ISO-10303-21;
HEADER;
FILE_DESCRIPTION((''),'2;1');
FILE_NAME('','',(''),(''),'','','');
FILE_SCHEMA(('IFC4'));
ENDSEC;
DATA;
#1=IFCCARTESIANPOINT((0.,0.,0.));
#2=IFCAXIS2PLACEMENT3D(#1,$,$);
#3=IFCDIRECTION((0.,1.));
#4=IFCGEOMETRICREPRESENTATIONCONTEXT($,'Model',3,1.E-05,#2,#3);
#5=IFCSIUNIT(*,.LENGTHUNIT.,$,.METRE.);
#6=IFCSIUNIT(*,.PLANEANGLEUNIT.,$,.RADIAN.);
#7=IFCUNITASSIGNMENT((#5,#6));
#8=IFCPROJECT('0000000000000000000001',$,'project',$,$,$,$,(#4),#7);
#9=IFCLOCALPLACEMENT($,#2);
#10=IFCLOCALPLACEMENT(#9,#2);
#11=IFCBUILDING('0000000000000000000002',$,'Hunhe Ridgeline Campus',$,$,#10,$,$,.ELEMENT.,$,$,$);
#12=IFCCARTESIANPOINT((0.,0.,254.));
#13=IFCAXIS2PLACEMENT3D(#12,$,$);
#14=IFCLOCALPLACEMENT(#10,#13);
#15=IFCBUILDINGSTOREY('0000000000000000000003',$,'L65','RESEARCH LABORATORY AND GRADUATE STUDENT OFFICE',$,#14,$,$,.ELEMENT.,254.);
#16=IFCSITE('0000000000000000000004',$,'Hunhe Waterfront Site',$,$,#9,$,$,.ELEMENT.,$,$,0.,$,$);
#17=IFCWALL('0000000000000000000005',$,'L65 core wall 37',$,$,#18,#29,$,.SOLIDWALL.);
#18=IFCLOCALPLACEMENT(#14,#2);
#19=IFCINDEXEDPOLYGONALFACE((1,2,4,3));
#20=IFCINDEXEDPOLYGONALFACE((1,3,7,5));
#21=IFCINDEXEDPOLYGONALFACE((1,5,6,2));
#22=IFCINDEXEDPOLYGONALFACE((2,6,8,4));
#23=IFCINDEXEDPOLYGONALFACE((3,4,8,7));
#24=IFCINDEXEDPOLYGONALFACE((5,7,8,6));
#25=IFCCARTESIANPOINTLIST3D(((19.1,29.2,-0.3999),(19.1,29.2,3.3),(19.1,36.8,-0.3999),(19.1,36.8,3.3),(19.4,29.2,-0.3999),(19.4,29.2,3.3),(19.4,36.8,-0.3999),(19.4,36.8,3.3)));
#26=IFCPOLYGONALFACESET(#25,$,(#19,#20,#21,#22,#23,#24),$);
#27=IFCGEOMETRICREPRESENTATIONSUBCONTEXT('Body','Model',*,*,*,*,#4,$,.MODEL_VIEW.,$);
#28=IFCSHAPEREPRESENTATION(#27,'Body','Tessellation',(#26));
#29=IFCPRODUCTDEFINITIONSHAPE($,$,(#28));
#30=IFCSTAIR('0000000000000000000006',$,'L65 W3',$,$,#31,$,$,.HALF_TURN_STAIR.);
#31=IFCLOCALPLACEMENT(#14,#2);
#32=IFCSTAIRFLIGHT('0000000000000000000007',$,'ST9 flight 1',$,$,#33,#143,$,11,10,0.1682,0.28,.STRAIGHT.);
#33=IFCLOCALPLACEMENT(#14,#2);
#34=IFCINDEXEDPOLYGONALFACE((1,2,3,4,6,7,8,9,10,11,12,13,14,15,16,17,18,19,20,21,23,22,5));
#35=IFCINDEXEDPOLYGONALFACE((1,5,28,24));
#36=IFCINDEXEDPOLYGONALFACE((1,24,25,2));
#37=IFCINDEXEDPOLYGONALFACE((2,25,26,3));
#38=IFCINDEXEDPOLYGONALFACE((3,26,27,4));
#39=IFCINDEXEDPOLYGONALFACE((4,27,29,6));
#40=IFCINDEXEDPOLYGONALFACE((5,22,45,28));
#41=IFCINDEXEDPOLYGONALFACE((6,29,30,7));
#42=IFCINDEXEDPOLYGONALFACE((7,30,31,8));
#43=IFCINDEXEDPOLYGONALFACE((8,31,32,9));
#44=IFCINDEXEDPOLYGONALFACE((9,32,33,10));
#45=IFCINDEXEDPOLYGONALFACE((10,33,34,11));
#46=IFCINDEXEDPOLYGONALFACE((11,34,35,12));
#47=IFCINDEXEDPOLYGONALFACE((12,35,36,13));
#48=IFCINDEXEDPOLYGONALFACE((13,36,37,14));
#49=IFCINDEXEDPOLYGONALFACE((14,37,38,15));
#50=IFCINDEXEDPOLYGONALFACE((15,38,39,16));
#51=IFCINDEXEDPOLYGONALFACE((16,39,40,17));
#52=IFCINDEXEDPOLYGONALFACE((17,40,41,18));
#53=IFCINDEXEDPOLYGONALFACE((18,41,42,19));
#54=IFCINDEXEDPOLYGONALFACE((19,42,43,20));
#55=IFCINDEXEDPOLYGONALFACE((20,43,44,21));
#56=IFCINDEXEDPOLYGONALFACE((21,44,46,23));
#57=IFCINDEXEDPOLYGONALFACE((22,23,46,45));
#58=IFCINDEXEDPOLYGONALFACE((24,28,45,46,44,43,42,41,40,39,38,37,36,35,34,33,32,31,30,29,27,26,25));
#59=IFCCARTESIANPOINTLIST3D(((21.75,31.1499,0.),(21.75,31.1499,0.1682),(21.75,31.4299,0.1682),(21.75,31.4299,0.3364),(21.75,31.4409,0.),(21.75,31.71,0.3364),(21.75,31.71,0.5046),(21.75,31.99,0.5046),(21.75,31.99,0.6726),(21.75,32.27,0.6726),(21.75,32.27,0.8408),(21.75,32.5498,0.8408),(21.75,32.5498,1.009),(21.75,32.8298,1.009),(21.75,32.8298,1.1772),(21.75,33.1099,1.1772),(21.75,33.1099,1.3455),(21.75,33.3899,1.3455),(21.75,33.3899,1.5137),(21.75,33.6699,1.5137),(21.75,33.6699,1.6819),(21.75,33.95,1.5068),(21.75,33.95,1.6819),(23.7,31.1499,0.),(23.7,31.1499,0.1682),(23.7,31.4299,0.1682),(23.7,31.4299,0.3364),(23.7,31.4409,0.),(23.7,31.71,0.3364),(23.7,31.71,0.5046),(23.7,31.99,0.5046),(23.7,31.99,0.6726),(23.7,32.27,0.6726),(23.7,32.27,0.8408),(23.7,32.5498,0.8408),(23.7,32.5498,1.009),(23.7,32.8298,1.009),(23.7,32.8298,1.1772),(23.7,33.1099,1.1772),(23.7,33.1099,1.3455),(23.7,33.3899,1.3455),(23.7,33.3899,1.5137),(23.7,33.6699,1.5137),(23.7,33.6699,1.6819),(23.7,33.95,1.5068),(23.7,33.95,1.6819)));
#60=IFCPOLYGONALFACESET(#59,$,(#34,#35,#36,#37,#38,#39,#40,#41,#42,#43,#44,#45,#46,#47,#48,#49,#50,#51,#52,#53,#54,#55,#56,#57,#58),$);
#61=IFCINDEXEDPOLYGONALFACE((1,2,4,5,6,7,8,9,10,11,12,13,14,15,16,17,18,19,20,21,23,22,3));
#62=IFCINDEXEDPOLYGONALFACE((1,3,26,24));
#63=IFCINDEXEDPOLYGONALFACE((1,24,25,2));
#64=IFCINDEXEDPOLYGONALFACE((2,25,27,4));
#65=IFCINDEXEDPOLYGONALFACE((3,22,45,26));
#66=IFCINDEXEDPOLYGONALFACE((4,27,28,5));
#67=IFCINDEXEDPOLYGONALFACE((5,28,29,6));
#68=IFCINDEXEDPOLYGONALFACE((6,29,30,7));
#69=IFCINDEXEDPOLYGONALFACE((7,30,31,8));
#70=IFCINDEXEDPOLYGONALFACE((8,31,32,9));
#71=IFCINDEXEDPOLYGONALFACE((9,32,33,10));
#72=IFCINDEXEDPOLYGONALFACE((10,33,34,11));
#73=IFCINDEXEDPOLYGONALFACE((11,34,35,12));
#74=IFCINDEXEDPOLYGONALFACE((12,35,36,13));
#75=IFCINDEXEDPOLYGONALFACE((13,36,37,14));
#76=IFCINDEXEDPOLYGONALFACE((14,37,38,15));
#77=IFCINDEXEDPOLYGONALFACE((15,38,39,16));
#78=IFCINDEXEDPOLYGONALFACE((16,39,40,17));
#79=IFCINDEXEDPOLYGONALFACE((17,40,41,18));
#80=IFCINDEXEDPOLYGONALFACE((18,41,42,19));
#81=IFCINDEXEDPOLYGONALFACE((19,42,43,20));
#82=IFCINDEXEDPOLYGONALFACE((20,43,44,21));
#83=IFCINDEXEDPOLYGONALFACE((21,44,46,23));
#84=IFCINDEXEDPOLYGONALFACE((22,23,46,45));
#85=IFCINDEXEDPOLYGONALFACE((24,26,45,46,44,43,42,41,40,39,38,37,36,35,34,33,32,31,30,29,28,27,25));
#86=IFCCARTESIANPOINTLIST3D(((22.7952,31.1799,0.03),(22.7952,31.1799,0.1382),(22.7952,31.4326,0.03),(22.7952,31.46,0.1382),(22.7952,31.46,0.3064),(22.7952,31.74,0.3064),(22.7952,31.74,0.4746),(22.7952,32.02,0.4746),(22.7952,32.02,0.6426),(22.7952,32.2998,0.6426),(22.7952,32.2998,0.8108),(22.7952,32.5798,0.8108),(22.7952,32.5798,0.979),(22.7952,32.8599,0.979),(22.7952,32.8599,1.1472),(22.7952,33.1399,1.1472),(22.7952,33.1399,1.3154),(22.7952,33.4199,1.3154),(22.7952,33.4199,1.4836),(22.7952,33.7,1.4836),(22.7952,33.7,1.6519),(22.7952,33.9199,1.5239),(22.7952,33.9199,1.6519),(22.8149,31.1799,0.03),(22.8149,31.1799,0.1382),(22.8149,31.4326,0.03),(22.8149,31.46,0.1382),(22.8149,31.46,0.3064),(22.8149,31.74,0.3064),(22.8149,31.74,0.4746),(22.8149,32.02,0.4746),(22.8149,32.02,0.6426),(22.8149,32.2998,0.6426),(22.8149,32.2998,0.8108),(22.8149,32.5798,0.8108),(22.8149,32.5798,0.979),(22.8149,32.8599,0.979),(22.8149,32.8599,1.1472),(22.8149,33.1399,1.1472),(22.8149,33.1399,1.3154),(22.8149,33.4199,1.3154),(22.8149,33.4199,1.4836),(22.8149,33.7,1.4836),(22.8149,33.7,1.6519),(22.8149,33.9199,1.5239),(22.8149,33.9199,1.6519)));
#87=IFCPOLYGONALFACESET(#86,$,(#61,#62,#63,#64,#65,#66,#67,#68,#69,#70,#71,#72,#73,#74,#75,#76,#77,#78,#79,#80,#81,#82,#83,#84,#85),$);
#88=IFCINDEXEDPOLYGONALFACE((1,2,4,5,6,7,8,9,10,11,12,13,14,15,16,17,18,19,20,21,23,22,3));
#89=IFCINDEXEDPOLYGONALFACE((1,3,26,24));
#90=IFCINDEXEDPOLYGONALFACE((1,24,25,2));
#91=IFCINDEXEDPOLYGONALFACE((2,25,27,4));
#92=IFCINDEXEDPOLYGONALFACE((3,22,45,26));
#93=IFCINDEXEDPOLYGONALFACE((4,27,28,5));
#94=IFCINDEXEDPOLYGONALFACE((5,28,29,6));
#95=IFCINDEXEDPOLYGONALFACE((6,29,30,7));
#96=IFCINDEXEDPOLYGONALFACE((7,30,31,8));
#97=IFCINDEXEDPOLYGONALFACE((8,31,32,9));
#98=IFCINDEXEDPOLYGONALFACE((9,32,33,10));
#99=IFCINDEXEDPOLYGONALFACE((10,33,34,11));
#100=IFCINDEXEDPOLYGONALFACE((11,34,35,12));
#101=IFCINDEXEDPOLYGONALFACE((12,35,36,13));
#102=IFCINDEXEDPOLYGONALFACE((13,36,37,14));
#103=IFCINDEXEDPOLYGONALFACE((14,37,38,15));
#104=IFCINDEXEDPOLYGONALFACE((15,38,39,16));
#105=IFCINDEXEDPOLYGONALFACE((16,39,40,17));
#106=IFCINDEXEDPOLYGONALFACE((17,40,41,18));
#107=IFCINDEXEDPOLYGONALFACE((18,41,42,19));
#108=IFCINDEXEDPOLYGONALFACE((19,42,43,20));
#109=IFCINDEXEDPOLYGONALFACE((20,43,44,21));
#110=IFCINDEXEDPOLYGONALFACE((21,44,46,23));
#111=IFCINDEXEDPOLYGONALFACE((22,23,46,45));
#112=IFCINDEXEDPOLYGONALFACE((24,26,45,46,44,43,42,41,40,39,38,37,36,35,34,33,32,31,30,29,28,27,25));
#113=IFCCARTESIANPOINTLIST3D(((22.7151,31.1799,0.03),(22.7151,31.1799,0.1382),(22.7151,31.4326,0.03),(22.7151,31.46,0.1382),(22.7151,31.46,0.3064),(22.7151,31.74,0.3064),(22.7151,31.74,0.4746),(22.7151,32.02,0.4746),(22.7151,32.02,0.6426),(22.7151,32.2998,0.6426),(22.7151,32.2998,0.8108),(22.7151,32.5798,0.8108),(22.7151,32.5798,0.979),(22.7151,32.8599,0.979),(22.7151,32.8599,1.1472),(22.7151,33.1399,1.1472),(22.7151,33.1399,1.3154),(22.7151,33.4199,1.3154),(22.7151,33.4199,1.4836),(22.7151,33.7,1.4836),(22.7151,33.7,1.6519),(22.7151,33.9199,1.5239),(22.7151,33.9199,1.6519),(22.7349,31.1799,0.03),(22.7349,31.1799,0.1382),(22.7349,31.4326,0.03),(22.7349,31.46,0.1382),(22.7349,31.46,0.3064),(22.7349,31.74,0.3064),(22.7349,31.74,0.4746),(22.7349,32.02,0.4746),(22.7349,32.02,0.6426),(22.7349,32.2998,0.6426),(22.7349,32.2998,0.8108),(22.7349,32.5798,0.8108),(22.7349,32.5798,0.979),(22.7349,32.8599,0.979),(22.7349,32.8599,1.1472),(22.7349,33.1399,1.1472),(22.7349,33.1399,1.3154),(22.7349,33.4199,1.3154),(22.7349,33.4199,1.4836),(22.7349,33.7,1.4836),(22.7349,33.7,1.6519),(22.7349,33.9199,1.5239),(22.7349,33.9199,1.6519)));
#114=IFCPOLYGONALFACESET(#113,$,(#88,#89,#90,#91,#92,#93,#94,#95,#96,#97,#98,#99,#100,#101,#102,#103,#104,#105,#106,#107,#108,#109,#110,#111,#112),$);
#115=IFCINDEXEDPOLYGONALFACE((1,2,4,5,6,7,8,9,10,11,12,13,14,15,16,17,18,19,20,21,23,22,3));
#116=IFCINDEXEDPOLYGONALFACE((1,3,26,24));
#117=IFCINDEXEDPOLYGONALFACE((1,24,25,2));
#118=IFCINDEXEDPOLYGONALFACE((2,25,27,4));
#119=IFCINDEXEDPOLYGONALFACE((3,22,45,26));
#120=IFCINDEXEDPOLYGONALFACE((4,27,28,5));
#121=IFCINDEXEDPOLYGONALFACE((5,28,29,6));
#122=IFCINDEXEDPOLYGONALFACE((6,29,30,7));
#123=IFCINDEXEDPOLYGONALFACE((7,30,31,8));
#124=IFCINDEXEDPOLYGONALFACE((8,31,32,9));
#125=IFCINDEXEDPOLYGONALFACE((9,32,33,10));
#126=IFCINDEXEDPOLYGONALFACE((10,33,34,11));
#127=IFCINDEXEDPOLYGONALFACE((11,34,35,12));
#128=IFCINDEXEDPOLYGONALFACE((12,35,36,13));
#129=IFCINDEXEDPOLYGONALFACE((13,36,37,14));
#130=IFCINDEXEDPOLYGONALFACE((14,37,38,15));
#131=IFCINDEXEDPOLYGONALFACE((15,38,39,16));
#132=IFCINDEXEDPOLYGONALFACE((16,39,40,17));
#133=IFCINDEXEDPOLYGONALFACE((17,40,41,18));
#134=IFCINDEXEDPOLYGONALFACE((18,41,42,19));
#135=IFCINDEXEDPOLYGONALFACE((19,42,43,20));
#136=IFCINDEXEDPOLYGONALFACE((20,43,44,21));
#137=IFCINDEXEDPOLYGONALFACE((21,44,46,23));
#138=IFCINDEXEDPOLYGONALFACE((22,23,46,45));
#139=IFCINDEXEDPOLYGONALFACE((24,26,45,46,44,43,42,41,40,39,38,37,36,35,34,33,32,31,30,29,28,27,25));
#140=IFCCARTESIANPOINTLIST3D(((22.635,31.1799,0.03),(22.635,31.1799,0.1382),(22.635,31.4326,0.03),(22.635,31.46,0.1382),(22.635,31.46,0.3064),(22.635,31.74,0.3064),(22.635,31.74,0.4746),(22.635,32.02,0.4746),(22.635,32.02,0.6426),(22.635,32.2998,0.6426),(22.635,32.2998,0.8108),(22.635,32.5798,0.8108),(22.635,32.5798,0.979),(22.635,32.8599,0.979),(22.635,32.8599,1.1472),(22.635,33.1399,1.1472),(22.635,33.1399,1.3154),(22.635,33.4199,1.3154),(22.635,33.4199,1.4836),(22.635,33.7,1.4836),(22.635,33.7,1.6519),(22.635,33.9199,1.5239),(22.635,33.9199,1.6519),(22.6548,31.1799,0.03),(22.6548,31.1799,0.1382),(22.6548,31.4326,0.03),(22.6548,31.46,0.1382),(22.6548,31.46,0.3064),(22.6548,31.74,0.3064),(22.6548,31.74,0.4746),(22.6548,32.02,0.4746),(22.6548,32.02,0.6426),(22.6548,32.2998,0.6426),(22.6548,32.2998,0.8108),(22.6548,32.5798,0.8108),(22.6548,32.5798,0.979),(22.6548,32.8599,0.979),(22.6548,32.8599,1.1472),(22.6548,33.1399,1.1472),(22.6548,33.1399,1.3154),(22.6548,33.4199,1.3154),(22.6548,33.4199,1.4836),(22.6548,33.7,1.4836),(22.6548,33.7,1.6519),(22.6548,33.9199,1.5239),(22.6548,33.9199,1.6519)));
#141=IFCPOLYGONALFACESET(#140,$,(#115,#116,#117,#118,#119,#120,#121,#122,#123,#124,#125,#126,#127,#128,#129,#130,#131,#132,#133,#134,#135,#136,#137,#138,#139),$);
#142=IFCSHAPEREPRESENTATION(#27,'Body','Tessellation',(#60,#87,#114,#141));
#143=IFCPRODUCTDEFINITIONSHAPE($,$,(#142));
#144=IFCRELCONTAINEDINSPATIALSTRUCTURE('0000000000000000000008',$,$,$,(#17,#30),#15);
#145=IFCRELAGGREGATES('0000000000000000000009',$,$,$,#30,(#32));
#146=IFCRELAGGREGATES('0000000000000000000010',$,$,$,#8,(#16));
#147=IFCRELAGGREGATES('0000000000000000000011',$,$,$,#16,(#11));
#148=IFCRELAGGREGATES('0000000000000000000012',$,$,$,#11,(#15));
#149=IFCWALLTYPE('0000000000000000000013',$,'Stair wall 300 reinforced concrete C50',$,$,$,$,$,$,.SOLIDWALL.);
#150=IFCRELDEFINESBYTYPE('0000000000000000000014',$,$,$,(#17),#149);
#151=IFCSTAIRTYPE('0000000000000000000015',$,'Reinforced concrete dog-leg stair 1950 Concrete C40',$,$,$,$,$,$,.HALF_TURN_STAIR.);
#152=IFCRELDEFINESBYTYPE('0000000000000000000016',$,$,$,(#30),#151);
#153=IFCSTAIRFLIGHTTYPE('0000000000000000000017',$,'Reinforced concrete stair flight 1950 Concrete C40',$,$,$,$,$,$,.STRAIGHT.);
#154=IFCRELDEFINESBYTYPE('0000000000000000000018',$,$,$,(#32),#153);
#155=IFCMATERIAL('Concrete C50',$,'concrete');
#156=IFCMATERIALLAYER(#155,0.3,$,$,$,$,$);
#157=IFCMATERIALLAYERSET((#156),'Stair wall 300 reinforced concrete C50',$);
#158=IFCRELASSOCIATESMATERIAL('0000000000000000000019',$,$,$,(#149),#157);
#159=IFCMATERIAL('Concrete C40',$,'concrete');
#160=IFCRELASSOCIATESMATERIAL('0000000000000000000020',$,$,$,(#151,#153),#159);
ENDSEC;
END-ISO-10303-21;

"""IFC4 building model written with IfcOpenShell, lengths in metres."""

from ifc_helpers import new_model, si_unit, direction, frame, frame_2d, origin, place, context, subcontext, project, spatial, polyline, rectangle, outline, extrude, material, layer, layer_set, type_object, element, aggregate, save


model = new_model("IFC4")

# Units and contexts
model_context = context("Model", 3, precision=1e-05, world=origin(), true_north=direction((0.0, 1.0)))
body_context = subcontext(model_context, "Body", "Model", "MODEL_VIEW")
ifc_project = project(units=[si_unit("LENGTHUNIT", "METRE"), si_unit("PLANEANGLEUNIT", "RADIAN")], contexts=[model_context])

# Site, building, storey
site_placement = place(None, origin())
site = spatial("IfcSite", under=ifc_project, at=site_placement, Name="Hunhe Waterfront Site", CompositionType="ELEMENT", RefElevation=0.0)
building_placement = place(site_placement, origin())
building = spatial("IfcBuilding", under=site, at=building_placement, Name="Hunhe Ridgeline Campus", CompositionType="ELEMENT")
storey_placement = place(building_placement, frame((0.0, 0.0, 254.0)))
storey = spatial("IfcBuildingStorey", under=building, at=storey_placement, Name="L65", Description="RESEARCH LABORATORY AND GRADUATE STUDENT OFFICE", CompositionType="ELEMENT", Elevation=254.0)

# Shared definitions
ifc_material_1 = material(Name="Concrete C50", Category="concrete")

# Wall
ifc_layer_1 = layer(ifc_material_1, 0.3)
ifc_layer_set_1 = layer_set([ifc_layer_1], Name="Stair wall 300 reinforced concrete C50")
wall_type_1 = type_object("IfcWallType", Name="Stair wall 300 reinforced concrete C50", PredefinedType="SOLIDWALL", material=ifc_layer_set_1)
wall_1_placement = place(storey_placement, frame((19.25, 29.2, -0.3999), z_axis=(0.0, 0.0, 1.0), x_axis=(0.0, 1.0, 0.0)))
element("IfcWall", 1, at=wall_1_placement, inside=storey, type_object=wall_type_1, Name="L65 core wall 37", PredefinedType="SOLIDWALL", context=body_context, shape_type="SweptSolid", body=[
    extrude(rectangle(XDim=7.6001, YDim=0.3, at=frame_2d((3.8, 0.0))), origin(), (0.0, 0.0, 1.0), 3.7),
])

# Stair, stair flight
ifc_material_2 = material(Name="Concrete C40", Category="concrete")
stair_type = type_object("IfcStairType", Name="Reinforced concrete dog-leg stair 1950 Concrete C40", PredefinedType="HALF_TURN_STAIR", material=ifc_material_2)
stair_placement = place(storey_placement, origin())
stair = element("IfcStair", 2, at=stair_placement, inside=storey, type_object=stair_type, Name="L65 W3", PredefinedType="HALF_TURN_STAIR")
stair_flight_type = type_object("IfcStairFlightType", Name="Reinforced concrete stair flight 1950 Concrete C40", PredefinedType="STRAIGHT", material=ifc_material_2)
stair_flight_placement = place(storey_placement, frame((22.7251, 31.1499, 0.0), z_axis=(0.0, 0.0, 1.0), x_axis=(0.0, 1.0, 0.0)))
stair_flight = element("IfcStairFlight", 3, at=stair_flight_placement, type_object=stair_flight_type, Name="ST9 flight 1", NumberOfRisers=11, NumberOfTreads=10, PredefinedType="STRAIGHT", RiserHeight=0.1682, TreadLength=0.28, context=body_context, shape_type="SweptSolid", body=[
    extrude(outline(polyline([(0.0, 0.0), (0.0, 0.1682), (0.28, 0.1682), (0.28, 0.3364), (0.5601, 0.3364), (0.5601, 0.5046), (0.8401, 0.5046), (0.8401, 0.6726), (1.1201, 0.6726), (1.1201, 0.8408), (1.3999, 0.8408), (1.3999, 1.009), (1.6799, 1.009), (1.6799, 1.1772), (1.96, 1.1772), (1.96, 1.3455), (2.24, 1.3455), (2.24, 1.5137), (2.52, 1.5137), (2.52, 1.6819), (2.8, 1.6819), (2.8, 1.8501), (2.8, 1.5068), (0.291, 0.0), (0.0, 0.0)])), frame((0.0, 0.9751, 0.0), z_axis=(0.0, -1.0, 0.0), x_axis=(1.0, 0.0, 0.0)), (0.0, 0.0, 1.0), 1.95),
    extrude(outline(polyline([(0.03, 0.03), (0.03, 0.1382), (0.3101, 0.1382), (0.3101, 0.3064), (0.5901, 0.3064), (0.5901, 0.4746), (0.8701, 0.4746), (0.8701, 0.6426), (1.1499, 0.6426), (1.1499, 0.8108), (1.4299, 0.8108), (1.4299, 0.979), (1.71, 0.979), (1.71, 1.1472), (1.99, 1.1472), (1.99, 1.3154), (2.27, 1.3154), (2.27, 1.4836), (2.55, 1.4836), (2.55, 1.6519), (2.77, 1.6519), (2.77, 1.5239), (0.2827, 0.03), (0.03, 0.03)])), frame((0.0, -0.0701, 0.0), z_axis=(0.0, -1.0, 0.0), x_axis=(1.0, 0.0, 0.0)), (0.0, 0.0, 1.0), 0.0198),
    extrude(outline(polyline([(0.03, 0.03), (0.03, 0.1382), (0.3101, 0.1382), (0.3101, 0.3064), (0.5901, 0.3064), (0.5901, 0.4746), (0.8701, 0.4746), (0.8701, 0.6426), (1.1499, 0.6426), (1.1499, 0.8108), (1.4299, 0.8108), (1.4299, 0.979), (1.71, 0.979), (1.71, 1.1472), (1.99, 1.1472), (1.99, 1.3154), (2.27, 1.3154), (2.27, 1.4836), (2.55, 1.4836), (2.55, 1.6519), (2.77, 1.6519), (2.77, 1.5239), (0.2827, 0.03), (0.03, 0.03)])), frame((0.0, 0.01, 0.0), z_axis=(0.0, -1.0, 0.0), x_axis=(1.0, 0.0, 0.0)), (0.0, 0.0, 1.0), 0.0198),
    extrude(outline(polyline([(0.03, 0.03), (0.03, 0.1382), (0.3101, 0.1382), (0.3101, 0.3064), (0.5901, 0.3064), (0.5901, 0.4746), (0.8701, 0.4746), (0.8701, 0.6426), (1.1499, 0.6426), (1.1499, 0.8108), (1.4299, 0.8108), (1.4299, 0.979), (1.71, 0.979), (1.71, 1.1472), (1.99, 1.1472), (1.99, 1.3154), (2.27, 1.3154), (2.27, 1.4836), (2.55, 1.4836), (2.55, 1.6519), (2.77, 1.6519), (2.77, 1.5239), (0.2827, 0.03), (0.03, 0.03)])), frame((0.0, 0.0901, 0.0), z_axis=(0.0, -1.0, 0.0), x_axis=(1.0, 0.0, 0.0)), (0.0, 0.0, 1.0), 0.0198),
])
aggregate(stair, [stair_flight])

save(model, "model.ifc")
